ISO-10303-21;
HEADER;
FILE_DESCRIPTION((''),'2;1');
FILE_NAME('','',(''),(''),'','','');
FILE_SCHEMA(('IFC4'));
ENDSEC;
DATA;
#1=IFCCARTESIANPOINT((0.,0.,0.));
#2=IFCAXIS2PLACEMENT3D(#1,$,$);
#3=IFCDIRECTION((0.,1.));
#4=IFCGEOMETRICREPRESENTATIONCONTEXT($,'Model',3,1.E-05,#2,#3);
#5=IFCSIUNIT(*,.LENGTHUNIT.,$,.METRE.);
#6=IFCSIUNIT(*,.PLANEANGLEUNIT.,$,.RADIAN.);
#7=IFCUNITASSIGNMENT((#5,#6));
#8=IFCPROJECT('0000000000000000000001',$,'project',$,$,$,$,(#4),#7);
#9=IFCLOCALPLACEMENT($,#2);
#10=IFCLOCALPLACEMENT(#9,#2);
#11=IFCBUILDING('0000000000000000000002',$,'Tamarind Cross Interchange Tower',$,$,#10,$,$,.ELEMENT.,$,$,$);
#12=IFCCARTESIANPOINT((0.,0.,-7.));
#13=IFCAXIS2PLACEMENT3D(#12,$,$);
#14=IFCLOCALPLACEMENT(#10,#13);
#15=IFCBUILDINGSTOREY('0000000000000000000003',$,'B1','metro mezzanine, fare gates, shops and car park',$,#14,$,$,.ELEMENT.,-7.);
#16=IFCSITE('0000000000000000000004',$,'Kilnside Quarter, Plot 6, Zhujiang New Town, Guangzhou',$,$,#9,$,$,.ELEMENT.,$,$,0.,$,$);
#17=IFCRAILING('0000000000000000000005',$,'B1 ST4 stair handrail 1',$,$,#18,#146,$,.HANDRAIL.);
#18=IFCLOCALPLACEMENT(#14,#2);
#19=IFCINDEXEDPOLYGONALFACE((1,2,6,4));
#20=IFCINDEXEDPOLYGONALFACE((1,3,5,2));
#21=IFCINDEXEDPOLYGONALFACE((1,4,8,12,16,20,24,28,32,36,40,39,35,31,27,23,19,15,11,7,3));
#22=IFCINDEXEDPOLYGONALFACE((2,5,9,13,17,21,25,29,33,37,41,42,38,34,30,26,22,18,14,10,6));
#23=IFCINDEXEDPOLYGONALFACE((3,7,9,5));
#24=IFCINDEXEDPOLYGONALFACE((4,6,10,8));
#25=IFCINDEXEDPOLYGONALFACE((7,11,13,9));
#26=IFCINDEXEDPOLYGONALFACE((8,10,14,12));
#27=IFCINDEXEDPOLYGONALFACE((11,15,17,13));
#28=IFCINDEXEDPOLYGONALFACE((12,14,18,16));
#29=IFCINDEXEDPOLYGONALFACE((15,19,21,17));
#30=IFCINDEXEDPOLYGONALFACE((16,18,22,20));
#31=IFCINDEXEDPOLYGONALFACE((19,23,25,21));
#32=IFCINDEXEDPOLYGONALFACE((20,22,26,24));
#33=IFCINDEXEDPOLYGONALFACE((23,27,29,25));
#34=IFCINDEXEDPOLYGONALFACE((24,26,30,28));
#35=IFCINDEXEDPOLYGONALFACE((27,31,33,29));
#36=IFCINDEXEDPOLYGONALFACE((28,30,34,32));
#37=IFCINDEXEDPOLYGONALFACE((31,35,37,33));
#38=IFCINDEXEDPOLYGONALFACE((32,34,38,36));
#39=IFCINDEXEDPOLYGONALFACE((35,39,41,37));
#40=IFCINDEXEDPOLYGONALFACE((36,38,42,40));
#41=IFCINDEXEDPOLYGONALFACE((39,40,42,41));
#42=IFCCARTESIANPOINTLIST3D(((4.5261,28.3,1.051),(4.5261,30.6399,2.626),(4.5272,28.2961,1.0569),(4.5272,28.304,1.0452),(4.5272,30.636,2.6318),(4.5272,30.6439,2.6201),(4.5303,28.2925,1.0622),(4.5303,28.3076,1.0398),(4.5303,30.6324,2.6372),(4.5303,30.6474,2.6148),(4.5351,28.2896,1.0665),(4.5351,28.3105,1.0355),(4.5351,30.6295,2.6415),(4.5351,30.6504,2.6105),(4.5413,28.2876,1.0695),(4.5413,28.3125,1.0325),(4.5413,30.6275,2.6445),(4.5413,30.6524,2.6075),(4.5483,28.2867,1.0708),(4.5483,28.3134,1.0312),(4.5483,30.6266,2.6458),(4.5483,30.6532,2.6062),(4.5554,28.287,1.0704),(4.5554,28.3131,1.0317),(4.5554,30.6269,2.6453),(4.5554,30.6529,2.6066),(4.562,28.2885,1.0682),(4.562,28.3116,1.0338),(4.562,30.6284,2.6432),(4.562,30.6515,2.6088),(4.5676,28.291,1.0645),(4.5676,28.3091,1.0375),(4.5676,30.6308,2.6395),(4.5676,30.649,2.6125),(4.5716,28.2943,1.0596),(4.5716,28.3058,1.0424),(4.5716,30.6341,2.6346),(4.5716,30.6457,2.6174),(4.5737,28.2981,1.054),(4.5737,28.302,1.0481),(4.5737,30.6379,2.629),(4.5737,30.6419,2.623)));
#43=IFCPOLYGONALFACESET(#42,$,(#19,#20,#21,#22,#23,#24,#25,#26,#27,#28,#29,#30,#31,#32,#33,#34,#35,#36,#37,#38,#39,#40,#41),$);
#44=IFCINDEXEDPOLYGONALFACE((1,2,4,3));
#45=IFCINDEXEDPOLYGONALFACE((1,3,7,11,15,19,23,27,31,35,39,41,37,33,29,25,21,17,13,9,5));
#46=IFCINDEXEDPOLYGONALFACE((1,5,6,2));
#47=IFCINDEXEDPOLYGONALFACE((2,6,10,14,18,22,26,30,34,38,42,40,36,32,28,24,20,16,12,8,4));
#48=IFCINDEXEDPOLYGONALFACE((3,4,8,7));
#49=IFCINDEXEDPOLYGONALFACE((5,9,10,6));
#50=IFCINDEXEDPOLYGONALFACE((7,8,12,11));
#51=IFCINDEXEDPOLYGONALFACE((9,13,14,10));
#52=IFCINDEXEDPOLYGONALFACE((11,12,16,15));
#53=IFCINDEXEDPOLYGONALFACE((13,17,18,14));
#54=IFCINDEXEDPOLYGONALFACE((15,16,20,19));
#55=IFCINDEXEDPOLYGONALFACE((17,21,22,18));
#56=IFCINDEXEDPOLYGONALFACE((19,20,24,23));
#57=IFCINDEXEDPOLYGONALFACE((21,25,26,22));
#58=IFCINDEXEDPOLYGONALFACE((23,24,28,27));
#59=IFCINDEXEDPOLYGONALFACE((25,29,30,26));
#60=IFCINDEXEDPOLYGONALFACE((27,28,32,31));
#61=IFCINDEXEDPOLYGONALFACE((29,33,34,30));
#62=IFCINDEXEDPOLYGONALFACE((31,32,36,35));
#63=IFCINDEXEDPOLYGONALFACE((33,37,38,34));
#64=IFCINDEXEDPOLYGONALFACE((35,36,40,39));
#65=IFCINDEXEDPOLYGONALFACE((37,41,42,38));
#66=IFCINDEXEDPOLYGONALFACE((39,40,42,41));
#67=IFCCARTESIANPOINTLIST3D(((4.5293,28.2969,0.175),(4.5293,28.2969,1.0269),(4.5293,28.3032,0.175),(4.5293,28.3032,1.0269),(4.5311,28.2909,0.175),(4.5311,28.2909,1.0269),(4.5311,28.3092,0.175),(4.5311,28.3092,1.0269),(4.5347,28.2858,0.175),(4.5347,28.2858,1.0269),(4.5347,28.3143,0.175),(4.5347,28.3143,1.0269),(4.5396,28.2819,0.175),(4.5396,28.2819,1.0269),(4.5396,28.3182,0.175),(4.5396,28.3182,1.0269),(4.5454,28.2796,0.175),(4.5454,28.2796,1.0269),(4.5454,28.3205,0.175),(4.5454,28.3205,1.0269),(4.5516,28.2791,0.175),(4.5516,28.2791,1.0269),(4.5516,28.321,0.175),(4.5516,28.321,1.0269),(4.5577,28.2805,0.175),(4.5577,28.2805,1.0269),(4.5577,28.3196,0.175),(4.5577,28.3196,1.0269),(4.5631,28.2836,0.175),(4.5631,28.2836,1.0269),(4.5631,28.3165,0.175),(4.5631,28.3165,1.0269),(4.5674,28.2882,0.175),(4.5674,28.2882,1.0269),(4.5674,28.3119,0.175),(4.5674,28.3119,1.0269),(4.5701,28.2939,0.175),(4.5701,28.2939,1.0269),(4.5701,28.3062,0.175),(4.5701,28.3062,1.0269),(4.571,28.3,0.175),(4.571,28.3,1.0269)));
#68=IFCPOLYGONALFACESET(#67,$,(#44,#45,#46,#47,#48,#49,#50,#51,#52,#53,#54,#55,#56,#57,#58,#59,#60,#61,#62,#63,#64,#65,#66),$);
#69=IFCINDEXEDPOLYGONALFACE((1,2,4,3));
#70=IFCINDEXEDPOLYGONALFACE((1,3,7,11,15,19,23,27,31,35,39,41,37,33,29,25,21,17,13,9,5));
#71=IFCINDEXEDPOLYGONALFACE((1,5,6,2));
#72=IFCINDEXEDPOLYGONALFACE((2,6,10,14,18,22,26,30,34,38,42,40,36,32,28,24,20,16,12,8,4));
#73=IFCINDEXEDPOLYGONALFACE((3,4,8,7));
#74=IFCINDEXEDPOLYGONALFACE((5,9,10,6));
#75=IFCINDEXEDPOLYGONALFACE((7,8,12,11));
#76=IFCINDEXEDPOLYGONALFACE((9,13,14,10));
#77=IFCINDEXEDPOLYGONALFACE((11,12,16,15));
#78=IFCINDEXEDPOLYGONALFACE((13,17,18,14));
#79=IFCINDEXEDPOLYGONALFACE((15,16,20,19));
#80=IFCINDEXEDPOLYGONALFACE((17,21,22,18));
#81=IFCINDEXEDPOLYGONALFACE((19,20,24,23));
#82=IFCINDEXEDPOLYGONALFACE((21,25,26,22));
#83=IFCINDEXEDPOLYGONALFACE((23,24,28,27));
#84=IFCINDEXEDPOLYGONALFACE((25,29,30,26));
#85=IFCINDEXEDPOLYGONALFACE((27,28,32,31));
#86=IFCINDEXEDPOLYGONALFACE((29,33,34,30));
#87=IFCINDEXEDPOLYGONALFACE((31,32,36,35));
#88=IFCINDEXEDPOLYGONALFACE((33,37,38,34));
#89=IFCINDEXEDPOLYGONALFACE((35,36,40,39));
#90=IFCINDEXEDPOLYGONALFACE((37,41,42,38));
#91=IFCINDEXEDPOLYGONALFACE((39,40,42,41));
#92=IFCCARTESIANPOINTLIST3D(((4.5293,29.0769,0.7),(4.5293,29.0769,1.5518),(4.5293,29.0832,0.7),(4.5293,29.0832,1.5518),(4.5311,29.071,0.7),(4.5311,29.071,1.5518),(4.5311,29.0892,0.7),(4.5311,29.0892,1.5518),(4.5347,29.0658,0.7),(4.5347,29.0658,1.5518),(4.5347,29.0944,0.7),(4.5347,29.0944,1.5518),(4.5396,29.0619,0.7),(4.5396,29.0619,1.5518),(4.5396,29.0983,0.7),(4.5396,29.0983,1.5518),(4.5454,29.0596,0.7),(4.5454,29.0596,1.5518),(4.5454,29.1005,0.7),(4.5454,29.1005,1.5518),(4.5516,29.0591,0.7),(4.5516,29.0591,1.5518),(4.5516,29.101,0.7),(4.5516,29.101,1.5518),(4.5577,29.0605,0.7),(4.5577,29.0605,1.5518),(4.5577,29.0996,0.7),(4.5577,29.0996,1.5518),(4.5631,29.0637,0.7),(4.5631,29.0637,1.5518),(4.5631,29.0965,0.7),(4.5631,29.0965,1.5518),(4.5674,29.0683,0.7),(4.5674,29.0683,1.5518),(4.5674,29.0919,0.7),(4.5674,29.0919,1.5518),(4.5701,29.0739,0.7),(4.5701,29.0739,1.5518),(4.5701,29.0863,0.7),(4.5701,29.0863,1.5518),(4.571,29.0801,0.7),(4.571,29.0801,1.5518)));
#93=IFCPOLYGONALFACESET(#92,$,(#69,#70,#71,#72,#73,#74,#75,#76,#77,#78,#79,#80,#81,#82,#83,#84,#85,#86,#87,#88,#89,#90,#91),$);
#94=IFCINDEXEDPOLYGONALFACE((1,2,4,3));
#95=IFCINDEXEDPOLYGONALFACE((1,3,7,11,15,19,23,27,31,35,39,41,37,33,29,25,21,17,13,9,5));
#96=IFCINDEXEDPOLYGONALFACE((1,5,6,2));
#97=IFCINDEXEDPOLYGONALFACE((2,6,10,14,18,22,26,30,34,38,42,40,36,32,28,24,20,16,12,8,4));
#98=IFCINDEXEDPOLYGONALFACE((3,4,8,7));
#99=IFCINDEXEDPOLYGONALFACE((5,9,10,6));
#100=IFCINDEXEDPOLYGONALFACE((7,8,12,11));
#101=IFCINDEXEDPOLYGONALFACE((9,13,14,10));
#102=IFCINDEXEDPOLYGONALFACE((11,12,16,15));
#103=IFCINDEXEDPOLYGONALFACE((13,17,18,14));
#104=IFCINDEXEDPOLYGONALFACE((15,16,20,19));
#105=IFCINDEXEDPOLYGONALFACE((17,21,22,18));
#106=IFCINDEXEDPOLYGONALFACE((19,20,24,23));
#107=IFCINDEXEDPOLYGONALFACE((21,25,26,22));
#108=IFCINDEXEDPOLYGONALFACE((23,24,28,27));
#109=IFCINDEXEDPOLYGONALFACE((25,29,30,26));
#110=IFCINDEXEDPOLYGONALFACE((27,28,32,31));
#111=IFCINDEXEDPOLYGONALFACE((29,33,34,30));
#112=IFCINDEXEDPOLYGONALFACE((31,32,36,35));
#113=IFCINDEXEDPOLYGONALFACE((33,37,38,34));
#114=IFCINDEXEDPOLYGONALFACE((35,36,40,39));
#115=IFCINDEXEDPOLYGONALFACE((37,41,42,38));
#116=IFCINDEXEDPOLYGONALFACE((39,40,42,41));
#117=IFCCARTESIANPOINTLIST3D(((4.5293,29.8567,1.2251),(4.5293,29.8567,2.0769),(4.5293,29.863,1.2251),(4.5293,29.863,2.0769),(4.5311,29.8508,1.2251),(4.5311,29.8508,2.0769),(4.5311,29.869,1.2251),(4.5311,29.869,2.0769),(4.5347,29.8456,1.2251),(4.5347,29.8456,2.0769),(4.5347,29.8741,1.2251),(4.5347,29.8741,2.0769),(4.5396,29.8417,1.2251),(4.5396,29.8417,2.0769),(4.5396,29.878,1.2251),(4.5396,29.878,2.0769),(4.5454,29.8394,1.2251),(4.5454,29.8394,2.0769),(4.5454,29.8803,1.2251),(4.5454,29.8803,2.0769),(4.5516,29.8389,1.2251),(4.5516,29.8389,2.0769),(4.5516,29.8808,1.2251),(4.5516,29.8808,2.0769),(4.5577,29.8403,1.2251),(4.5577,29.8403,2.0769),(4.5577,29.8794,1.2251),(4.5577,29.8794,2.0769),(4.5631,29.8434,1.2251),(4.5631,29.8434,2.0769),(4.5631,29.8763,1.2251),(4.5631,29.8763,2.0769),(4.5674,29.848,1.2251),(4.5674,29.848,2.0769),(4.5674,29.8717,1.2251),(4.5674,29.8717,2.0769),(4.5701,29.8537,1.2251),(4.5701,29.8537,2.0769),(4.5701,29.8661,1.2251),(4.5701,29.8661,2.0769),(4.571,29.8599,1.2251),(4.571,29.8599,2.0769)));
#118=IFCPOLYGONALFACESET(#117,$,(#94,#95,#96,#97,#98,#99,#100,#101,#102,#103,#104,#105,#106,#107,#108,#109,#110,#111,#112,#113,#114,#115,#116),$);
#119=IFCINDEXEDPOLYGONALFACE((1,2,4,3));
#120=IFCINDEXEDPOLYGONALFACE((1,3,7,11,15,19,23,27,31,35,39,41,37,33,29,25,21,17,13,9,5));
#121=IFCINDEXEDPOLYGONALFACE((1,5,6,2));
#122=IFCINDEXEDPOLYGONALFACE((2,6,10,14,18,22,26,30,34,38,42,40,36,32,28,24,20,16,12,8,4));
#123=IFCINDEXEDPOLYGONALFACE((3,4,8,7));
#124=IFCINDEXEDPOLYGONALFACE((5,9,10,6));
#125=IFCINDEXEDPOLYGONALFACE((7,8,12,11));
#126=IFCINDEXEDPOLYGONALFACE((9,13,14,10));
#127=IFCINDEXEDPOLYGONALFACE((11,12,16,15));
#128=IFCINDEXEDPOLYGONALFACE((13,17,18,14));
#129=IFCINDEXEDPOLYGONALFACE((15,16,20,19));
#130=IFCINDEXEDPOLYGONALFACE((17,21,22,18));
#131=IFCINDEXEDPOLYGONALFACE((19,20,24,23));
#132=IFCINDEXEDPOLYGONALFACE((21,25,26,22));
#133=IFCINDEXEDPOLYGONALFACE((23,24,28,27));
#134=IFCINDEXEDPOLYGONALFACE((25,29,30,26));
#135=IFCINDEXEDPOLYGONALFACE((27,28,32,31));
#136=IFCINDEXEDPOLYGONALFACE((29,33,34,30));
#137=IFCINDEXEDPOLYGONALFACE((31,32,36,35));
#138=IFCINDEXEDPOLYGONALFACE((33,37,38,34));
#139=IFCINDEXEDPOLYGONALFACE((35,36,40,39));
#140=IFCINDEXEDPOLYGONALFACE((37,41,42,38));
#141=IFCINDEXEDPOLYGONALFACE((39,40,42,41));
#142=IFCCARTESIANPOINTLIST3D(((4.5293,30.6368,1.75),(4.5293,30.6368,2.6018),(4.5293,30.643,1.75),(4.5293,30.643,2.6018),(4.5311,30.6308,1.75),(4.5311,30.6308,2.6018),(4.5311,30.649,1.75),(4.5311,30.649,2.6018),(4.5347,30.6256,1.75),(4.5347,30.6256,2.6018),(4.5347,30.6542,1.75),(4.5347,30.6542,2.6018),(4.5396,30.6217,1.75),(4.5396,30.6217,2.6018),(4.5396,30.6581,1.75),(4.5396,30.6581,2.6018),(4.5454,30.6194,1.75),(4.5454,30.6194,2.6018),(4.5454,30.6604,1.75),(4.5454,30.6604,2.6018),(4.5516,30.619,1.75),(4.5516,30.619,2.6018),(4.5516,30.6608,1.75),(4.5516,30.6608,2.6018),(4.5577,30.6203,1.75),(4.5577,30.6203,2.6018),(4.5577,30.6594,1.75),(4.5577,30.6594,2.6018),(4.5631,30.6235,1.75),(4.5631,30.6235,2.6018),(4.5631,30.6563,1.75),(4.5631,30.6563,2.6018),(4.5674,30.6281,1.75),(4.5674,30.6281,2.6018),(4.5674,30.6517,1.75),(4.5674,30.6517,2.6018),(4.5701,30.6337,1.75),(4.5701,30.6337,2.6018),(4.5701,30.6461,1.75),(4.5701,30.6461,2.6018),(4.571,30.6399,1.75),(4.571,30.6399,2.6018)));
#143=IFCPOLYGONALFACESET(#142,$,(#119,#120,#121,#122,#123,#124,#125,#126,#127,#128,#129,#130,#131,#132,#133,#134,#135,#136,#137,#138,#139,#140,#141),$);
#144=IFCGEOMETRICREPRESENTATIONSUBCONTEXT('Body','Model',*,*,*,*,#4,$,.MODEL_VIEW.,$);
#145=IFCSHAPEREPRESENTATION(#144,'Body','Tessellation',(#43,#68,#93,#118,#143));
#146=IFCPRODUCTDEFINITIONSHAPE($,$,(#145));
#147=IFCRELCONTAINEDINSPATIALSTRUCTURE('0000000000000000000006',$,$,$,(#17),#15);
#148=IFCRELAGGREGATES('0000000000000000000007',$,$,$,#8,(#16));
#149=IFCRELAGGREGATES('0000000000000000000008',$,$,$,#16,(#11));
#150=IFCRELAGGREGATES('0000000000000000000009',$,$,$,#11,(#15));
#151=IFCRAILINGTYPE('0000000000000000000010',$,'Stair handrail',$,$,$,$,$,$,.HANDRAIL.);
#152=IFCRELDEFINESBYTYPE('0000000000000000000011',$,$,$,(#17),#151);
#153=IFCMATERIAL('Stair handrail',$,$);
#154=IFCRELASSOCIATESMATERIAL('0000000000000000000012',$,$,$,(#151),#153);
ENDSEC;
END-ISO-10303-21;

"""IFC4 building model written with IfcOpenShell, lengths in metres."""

from ifc_helpers import new_model, si_unit, direction, frame, origin, origin_2d, place, context, subcontext, project, spatial, circle, extrude, material, type_object, element, save


model = new_model("IFC4")

# Units and contexts
model_context = context("Model", 3, precision=1e-05, world=origin(), true_north=direction((0.0, 1.0)))
body_context = subcontext(model_context, "Body", "Model", "MODEL_VIEW")
ifc_project = project(units=[si_unit("LENGTHUNIT", "METRE"), si_unit("PLANEANGLEUNIT", "RADIAN")], contexts=[model_context])

# Site, building, storey
site_placement = place(None, origin())
site = spatial("IfcSite", under=ifc_project, at=site_placement, Name="Kilnside Quarter, Plot 6, Zhujiang New Town, Guangzhou", CompositionType="ELEMENT", RefElevation=0.0)
building_placement = place(site_placement, origin())
building = spatial("IfcBuilding", under=site, at=building_placement, Name="Tamarind Cross Interchange Tower", CompositionType="ELEMENT")
storey_placement = place(building_placement, frame((0.0, 0.0, -7.0)))
storey = spatial("IfcBuildingStorey", under=building, at=storey_placement, Name="B1", Description="metro mezzanine, fare gates, shops and car park", CompositionType="ELEMENT", Elevation=-7.0)

# Railing
ifc_material_1 = material(Name="Stair handrail")
railing_type_1 = type_object("IfcRailingType", Name="Stair handrail", PredefinedType="HANDRAIL", material=ifc_material_1)
railing_1_placement = place(storey_placement, frame((4.55, 28.3, 0.175)))
element("IfcRailing", 1, at=railing_1_placement, inside=storey, type_object=railing_type_1, Name="B1 ST4 stair handrail 1", PredefinedType="HANDRAIL", context=body_context, shape_type="SweptSolid", body=[
    extrude(circle(Radius=0.0239, at=origin_2d()), frame((0.0, 0.0, 0.876), z_axis=(0.0, 0.829578, 0.55839), x_axis=(-1.0, 0.0, 0.0)), (0.0, 0.0, 1.0), 2.8206),
    extrude(circle(Radius=0.021, at=origin_2d()), origin(), (0.0, 0.0, 1.0), 0.8518),
    extrude(circle(Radius=0.021, at=origin_2d()), frame((0.0, 0.78, 0.5249)), (0.0, 0.0, 1.0), 0.8518),
    extrude(circle(Radius=0.021, at=origin_2d()), frame((0.0, 1.5598, 1.05)), (0.0, 0.0, 1.0), 0.8518),
    extrude(circle(Radius=0.021, at=origin_2d()), frame((0.0, 2.3398, 1.575)), (0.0, 0.0, 1.0), 0.8518),
])

save(model, "model.ifc")
